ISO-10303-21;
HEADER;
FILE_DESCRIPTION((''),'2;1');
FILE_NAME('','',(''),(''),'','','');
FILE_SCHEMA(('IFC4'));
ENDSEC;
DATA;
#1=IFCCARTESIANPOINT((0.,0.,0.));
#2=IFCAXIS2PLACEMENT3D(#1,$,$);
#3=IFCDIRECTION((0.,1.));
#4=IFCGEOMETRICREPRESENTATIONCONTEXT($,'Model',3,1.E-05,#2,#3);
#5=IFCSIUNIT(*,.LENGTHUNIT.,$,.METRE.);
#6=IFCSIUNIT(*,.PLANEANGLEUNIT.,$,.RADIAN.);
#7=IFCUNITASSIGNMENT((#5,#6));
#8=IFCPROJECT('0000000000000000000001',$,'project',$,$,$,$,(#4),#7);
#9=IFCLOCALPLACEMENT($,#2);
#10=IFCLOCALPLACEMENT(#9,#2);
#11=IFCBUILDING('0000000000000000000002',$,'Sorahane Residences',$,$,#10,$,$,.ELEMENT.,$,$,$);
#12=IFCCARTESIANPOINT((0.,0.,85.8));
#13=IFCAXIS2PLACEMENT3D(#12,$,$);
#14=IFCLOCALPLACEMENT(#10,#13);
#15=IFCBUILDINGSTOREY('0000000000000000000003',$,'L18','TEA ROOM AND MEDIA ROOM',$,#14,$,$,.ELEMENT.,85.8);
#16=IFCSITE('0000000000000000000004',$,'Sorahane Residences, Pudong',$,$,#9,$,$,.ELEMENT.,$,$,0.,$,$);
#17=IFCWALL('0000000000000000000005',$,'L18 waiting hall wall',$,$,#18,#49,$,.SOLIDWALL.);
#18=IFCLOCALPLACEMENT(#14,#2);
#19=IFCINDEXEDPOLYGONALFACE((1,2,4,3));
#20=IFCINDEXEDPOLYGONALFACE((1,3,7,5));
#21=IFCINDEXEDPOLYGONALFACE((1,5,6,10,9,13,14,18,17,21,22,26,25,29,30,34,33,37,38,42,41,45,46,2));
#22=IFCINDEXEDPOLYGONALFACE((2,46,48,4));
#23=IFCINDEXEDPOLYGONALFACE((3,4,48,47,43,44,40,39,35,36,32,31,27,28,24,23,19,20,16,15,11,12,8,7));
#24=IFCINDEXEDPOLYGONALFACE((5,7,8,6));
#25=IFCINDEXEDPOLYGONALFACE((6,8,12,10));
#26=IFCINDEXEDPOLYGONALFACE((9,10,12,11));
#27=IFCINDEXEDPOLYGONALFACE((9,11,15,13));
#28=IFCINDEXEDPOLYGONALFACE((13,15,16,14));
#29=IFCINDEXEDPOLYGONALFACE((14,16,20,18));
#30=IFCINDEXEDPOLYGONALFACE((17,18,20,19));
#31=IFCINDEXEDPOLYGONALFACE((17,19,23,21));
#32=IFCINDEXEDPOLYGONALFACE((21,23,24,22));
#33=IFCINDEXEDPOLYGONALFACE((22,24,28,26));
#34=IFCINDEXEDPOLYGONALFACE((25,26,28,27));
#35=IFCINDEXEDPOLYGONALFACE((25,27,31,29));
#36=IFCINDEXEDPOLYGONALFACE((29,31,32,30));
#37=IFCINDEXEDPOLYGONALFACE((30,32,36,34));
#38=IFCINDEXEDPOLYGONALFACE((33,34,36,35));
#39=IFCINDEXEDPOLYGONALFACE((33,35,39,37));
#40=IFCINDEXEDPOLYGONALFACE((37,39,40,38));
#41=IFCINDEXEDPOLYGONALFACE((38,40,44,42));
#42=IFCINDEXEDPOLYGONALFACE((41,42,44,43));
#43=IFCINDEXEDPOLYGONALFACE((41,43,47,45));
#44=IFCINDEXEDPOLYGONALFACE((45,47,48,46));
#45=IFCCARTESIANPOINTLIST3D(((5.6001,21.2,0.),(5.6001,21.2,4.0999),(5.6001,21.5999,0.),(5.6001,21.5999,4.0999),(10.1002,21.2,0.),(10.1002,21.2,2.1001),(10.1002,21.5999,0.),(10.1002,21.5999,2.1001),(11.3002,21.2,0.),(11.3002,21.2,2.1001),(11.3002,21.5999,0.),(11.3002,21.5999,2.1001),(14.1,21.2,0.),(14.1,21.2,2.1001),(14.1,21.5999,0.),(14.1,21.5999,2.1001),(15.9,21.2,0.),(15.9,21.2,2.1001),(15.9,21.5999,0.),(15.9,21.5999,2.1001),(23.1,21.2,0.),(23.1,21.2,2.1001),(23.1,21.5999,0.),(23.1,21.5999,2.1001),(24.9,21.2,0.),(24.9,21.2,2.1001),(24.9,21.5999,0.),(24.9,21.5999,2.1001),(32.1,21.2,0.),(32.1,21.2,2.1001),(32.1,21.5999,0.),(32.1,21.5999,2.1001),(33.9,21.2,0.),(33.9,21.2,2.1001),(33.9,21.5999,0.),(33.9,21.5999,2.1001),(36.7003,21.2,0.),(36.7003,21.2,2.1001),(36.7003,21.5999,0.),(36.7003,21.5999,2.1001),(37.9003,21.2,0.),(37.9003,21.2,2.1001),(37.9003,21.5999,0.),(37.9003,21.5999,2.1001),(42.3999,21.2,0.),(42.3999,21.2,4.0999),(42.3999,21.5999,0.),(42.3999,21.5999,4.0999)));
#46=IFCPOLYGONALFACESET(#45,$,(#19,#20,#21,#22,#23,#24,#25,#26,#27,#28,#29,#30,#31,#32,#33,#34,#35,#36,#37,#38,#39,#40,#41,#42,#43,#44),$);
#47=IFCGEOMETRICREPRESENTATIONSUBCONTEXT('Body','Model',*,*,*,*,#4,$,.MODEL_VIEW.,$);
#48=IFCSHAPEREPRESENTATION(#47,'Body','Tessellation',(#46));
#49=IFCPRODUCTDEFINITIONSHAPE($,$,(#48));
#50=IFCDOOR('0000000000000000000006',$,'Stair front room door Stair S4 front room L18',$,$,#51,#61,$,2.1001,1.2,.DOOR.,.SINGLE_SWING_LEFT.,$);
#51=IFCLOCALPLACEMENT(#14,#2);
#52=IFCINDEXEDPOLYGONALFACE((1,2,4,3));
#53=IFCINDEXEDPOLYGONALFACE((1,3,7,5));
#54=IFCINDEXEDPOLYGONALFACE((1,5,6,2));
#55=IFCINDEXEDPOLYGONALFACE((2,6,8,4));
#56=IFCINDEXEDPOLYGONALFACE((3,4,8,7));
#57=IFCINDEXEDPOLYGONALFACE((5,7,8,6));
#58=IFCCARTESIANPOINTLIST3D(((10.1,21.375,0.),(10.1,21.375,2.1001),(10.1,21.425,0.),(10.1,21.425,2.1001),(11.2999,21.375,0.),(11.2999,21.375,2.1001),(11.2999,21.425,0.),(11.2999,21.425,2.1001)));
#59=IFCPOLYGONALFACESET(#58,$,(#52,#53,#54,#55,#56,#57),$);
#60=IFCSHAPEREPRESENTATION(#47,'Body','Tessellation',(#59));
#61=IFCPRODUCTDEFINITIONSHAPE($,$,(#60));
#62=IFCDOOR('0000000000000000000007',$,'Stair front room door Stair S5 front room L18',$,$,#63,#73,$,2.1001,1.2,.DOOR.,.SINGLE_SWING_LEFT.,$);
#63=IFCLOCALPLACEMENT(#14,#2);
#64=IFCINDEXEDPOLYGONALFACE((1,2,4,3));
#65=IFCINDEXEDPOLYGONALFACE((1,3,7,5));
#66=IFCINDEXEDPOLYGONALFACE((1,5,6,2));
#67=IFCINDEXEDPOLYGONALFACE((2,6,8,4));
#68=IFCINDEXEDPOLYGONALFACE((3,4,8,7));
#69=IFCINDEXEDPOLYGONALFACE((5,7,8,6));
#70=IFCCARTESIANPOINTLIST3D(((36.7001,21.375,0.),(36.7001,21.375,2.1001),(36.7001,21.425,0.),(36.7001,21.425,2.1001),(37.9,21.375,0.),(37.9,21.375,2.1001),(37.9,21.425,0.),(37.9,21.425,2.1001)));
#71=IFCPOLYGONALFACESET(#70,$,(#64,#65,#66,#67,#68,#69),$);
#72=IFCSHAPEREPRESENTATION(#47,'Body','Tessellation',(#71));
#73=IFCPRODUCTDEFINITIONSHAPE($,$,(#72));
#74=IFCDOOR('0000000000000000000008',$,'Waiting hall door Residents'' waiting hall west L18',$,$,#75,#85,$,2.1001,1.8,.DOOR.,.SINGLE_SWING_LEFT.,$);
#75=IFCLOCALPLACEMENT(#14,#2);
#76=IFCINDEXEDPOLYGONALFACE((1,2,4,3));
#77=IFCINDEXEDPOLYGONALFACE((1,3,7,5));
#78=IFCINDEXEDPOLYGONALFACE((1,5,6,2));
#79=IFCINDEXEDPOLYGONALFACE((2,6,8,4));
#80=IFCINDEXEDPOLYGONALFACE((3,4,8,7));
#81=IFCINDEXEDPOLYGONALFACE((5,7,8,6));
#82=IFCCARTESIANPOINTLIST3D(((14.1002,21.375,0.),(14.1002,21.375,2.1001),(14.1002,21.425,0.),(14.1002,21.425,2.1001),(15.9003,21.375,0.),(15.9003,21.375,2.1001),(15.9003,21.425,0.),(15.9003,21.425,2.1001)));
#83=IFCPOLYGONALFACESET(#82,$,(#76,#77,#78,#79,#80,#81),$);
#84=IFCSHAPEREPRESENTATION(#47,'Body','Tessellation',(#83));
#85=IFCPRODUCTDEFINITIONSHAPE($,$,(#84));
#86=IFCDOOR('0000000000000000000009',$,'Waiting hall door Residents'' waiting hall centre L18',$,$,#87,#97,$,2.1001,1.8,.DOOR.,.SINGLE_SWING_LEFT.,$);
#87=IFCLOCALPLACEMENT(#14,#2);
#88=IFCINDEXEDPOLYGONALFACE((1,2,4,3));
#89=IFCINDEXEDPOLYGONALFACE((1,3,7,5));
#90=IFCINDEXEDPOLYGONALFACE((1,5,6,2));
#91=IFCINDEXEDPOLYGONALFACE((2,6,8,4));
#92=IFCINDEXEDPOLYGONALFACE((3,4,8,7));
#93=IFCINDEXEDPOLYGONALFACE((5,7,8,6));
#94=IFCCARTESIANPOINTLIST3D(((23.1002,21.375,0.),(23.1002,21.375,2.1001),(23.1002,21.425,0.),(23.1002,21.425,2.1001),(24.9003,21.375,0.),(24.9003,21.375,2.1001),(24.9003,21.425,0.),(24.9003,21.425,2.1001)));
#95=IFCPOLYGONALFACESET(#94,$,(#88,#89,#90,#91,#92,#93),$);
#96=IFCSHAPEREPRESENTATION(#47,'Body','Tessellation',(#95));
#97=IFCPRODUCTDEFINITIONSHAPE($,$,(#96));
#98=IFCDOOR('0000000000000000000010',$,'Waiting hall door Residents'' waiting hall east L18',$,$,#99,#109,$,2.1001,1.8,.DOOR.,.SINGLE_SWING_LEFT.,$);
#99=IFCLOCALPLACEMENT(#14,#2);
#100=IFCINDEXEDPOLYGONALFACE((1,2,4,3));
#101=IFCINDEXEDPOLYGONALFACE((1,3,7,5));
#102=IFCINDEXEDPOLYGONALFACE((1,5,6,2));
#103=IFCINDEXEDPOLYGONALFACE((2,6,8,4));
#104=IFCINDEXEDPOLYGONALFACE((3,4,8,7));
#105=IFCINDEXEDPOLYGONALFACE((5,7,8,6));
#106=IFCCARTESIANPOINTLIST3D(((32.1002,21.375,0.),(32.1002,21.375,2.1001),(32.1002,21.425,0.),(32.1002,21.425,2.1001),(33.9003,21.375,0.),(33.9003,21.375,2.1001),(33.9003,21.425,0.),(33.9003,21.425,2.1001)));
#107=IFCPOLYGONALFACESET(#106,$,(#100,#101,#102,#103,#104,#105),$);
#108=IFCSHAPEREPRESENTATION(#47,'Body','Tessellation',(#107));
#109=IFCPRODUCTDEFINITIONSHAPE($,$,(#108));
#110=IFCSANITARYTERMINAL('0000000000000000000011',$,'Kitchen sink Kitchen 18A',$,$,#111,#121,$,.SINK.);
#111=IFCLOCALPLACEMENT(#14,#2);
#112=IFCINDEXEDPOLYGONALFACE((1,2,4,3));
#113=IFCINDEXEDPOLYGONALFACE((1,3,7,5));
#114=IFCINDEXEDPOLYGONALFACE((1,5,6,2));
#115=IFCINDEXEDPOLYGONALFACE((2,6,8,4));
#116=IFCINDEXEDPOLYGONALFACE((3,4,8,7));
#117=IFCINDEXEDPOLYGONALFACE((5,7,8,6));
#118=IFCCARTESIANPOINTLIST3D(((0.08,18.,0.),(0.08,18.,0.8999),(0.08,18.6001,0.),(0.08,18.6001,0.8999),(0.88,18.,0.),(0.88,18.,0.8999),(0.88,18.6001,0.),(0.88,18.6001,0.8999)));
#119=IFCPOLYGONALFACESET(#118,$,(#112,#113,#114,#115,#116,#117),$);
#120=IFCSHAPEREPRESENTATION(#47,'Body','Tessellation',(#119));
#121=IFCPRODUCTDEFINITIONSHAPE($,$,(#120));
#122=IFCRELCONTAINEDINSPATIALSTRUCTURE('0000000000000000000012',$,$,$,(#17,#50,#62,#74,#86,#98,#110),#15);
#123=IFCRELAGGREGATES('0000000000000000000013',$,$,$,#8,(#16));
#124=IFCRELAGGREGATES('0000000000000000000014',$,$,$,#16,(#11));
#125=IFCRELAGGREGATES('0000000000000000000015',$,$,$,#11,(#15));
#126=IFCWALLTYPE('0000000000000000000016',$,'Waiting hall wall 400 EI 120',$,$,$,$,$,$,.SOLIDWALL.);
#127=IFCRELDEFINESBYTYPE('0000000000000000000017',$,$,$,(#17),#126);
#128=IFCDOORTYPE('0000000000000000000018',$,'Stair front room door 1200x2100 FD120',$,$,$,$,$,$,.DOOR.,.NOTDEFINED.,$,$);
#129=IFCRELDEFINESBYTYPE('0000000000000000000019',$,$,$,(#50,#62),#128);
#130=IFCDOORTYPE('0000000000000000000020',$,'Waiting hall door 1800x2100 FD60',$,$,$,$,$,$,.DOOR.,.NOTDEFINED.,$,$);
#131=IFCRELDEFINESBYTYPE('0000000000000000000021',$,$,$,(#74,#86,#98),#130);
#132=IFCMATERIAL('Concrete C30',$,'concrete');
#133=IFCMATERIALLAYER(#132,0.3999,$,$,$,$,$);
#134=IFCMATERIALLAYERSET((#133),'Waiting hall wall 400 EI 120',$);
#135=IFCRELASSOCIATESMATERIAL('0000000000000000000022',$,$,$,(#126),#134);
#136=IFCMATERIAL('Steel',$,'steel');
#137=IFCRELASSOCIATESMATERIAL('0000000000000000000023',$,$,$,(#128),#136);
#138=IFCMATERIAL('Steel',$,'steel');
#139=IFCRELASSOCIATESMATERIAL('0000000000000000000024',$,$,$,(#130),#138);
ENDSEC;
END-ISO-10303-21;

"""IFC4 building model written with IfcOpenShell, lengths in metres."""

from ifc_helpers import new_model, si_unit, direction, frame, frame_2d, origin, origin_2d, place, context, subcontext, project, spatial, rectangle, extrude, material, layer, layer_set, type_object, element, fill, save


model = new_model("IFC4")

# Units and contexts
model_context = context("Model", 3, precision=1e-05, world=origin(), true_north=direction((0.0, 1.0)))
body_context = subcontext(model_context, "Body", "Model", "MODEL_VIEW")
ifc_project = project(units=[si_unit("LENGTHUNIT", "METRE"), si_unit("PLANEANGLEUNIT", "RADIAN")], contexts=[model_context])

# Site, building, storey
site_placement = place(None, origin())
site = spatial("IfcSite", under=ifc_project, at=site_placement, Name="Sorahane Residences, Pudong", CompositionType="ELEMENT", RefElevation=0.0)
building_placement = place(site_placement, origin())
building = spatial("IfcBuilding", under=site, at=building_placement, Name="Sorahane Residences", CompositionType="ELEMENT")
storey_placement = place(building_placement, frame((0.0, 0.0, 85.8)))
storey = spatial("IfcBuildingStorey", under=building, at=storey_placement, Name="L18", Description="TEA ROOM AND MEDIA ROOM", CompositionType="ELEMENT", Elevation=85.8)

# Wall, openings, doors
ifc_material_1 = material(Name="Concrete C30", Category="concrete")
ifc_layer_1 = layer(ifc_material_1, 0.3999)
ifc_layer_set_1 = layer_set([ifc_layer_1], Name="Waiting hall wall 400 EI 120")
wall_type_1 = type_object("IfcWallType", Name="Waiting hall wall 400 EI 120", PredefinedType="SOLIDWALL", material=ifc_layer_set_1)
wall_1_placement = place(storey_placement, frame((5.6001, 21.3999, 0.0), z_axis=(0.0, 0.0, 1.0), x_axis=(1.0, 0.0, 0.0)))
wall_1 = element("IfcWall", 1, at=wall_1_placement, inside=storey, type_object=wall_type_1, Name="L18 waiting hall wall", PredefinedType="SOLIDWALL", context=body_context, shape_type="SweptSolid", body=[
    extrude(rectangle(XDim=36.7998, YDim=0.3999, at=frame_2d((18.3999, 0.0))), origin(), (0.0, 0.0, 1.0), 4.0999),
])
opening_1_placement = place(wall_1_placement, frame((8.5, 0.0, 0.0)))
opening_1 = element("IfcOpeningElement", 2, at=opening_1_placement, cuts=wall_1, PredefinedType="OPENING", context=body_context, shape_type="SweptSolid", body=[
    extrude(rectangle(XDim=1.8, YDim=2.1001, at=frame_2d((0.8999, 1.05))), frame((0.0, 0.21, 0.0), z_axis=(0.0, -1.0, 0.0), x_axis=(1.0, 0.0, 0.0)), (0.0, 0.0, 1.0), 0.4199),
])
opening_2_placement = place(wall_1_placement, frame((17.5, 0.0, 0.0)))
opening_2 = element("IfcOpeningElement", 3, at=opening_2_placement, cuts=wall_1, PredefinedType="OPENING", context=body_context, shape_type="SweptSolid", body=[
    extrude(rectangle(XDim=1.8, YDim=2.1001, at=frame_2d((0.8999, 1.05))), frame((0.0, 0.21, 0.0), z_axis=(0.0, -1.0, 0.0), x_axis=(1.0, 0.0, 0.0)), (0.0, 0.0, 1.0), 0.4199),
])
opening_3_placement = place(wall_1_placement, frame((26.5, 0.0, 0.0)))
opening_3 = element("IfcOpeningElement", 4, at=opening_3_placement, cuts=wall_1, PredefinedType="OPENING", context=body_context, shape_type="SweptSolid", body=[
    extrude(rectangle(XDim=1.8, YDim=2.1001, at=frame_2d((0.8999, 1.05))), frame((0.0, 0.21, 0.0), z_axis=(0.0, -1.0, 0.0), x_axis=(1.0, 0.0, 0.0)), (0.0, 0.0, 1.0), 0.4199),
])
opening_4_placement = place(wall_1_placement, frame((4.5, 0.0, 0.0)))
opening_4 = element("IfcOpeningElement", 5, at=opening_4_placement, cuts=wall_1, PredefinedType="OPENING", context=body_context, shape_type="SweptSolid", body=[
    extrude(rectangle(XDim=1.2, YDim=2.1001, at=frame_2d((0.6001, 1.05))), frame((0.0, 0.21, 0.0), z_axis=(0.0, -1.0, 0.0), x_axis=(1.0, 0.0, 0.0)), (0.0, 0.0, 1.0), 0.4199),
])
opening_5_placement = place(wall_1_placement, frame((31.1001, 0.0, 0.0)))
opening_5 = element("IfcOpeningElement", 6, at=opening_5_placement, cuts=wall_1, PredefinedType="OPENING", context=body_context, shape_type="SweptSolid", body=[
    extrude(rectangle(XDim=1.2, YDim=2.1001, at=frame_2d((0.6001, 1.05))), frame((0.0, 0.21, 0.0), z_axis=(0.0, -1.0, 0.0), x_axis=(1.0, 0.0, 0.0)), (0.0, 0.0, 1.0), 0.4199),
])
ifc_material_2 = material(Name="Steel", Category="steel")
door_type_1 = type_object("IfcDoorType", Name="Stair front room door 1200x2100 FD120", OperationType="NOTDEFINED", PredefinedType="DOOR", material=ifc_material_2)
door_1_placement = place(opening_4_placement, frame((1.2, 0.0, 0.0), z_axis=(0.0, 0.0, 1.0), x_axis=(-1.0, 0.0, 0.0)))
door_1 = element("IfcDoor", 7, at=door_1_placement, inside=storey, type_object=door_type_1, Name="Stair front room door Stair S4 front room L18", OperationType="SINGLE_SWING_LEFT", OverallHeight=2.1001, OverallWidth=1.2, PredefinedType="DOOR", context=body_context, shape_type="SweptSolid", body=[
    extrude(rectangle(XDim=1.2, YDim=2.1001, at=frame_2d((0.6001, 1.05))), frame((0.0, 0.0249, 0.0), z_axis=(0.0, -1.0, 0.0), x_axis=(1.0, 0.0, 0.0)), (0.0, 0.0, 1.0), 0.05),
])
fill(opening_4, door_1)
door_2_placement = place(opening_5_placement, frame((1.2, 0.0, 0.0), z_axis=(0.0, 0.0, 1.0), x_axis=(-1.0, 0.0, 0.0)))
door_2 = element("IfcDoor", 8, at=door_2_placement, inside=storey, type_object=door_type_1, Name="Stair front room door Stair S5 front room L18", OperationType="SINGLE_SWING_LEFT", OverallHeight=2.1001, OverallWidth=1.2, PredefinedType="DOOR", context=body_context, shape_type="SweptSolid", body=[
    extrude(rectangle(XDim=1.2, YDim=2.1001, at=frame_2d((0.6001, 1.05))), frame((0.0, 0.0249, 0.0), z_axis=(0.0, -1.0, 0.0), x_axis=(1.0, 0.0, 0.0)), (0.0, 0.0, 1.0), 0.05),
])
fill(opening_5, door_2)
ifc_material_3 = material(Name="Steel", Category="steel")
door_type_2 = type_object("IfcDoorType", Name="Waiting hall door 1800x2100 FD60", OperationType="NOTDEFINED", PredefinedType="DOOR", material=ifc_material_3)
door_3_placement = place(opening_1_placement, frame((1.8, 0.0, 0.0), z_axis=(0.0, 0.0, 1.0), x_axis=(-1.0, 0.0, 0.0)))
door_3 = element("IfcDoor", 9, at=door_3_placement, inside=storey, type_object=door_type_2, Name="Waiting hall door Residents' waiting hall west L18", OperationType="SINGLE_SWING_LEFT", OverallHeight=2.1001, OverallWidth=1.8, PredefinedType="DOOR", context=body_context, shape_type="SweptSolid", body=[
    extrude(rectangle(XDim=1.8, YDim=2.1001, at=frame_2d((0.8999, 1.05))), frame((0.0, 0.0249, 0.0), z_axis=(0.0, -1.0, 0.0), x_axis=(1.0, 0.0, 0.0)), (0.0, 0.0, 1.0), 0.05),
])
fill(opening_1, door_3)
door_4_placement = place(opening_2_placement, frame((1.8, 0.0, 0.0), z_axis=(0.0, 0.0, 1.0), x_axis=(-1.0, 0.0, 0.0)))
door_4 = element("IfcDoor", 10, at=door_4_placement, inside=storey, type_object=door_type_2, Name="Waiting hall door Residents' waiting hall centre L18", OperationType="SINGLE_SWING_LEFT", OverallHeight=2.1001, OverallWidth=1.8, PredefinedType="DOOR", context=body_context, shape_type="SweptSolid", body=[
    extrude(rectangle(XDim=1.8, YDim=2.1001, at=frame_2d((0.8999, 1.05))), frame((0.0, 0.0249, 0.0), z_axis=(0.0, -1.0, 0.0), x_axis=(1.0, 0.0, 0.0)), (0.0, 0.0, 1.0), 0.05),
])
fill(opening_2, door_4)
door_5_placement = place(opening_3_placement, frame((1.8, 0.0, 0.0), z_axis=(0.0, 0.0, 1.0), x_axis=(-1.0, 0.0, 0.0)))
door_5 = element("IfcDoor", 11, at=door_5_placement, inside=storey, type_object=door_type_2, Name="Waiting hall door Residents' waiting hall east L18", OperationType="SINGLE_SWING_LEFT", OverallHeight=2.1001, OverallWidth=1.8, PredefinedType="DOOR", context=body_context, shape_type="SweptSolid", body=[
    extrude(rectangle(XDim=1.8, YDim=2.1001, at=frame_2d((0.8999, 1.05))), frame((0.0, 0.0249, 0.0), z_axis=(0.0, -1.0, 0.0), x_axis=(1.0, 0.0, 0.0)), (0.0, 0.0, 1.0), 0.05),
])
fill(opening_3, door_5)

# Sanitary terminal
sanitary_terminal_placement = place(storey_placement, frame((0.48, 18.3, 0.0), z_axis=(0.0, 0.0, 1.0), x_axis=(1.0, 0.0, 0.0)))
element("IfcSanitaryTerminal", 12, at=sanitary_terminal_placement, inside=storey, Name="Kitchen sink Kitchen 18A", PredefinedType="SINK", context=body_context, shape_type="SweptSolid", body=[
    extrude(rectangle(XDim=0.8, YDim=0.6001, at=origin_2d()), origin(), (0.0, 0.0, 1.0), 0.8999),
])

save(model, "model.ifc")
